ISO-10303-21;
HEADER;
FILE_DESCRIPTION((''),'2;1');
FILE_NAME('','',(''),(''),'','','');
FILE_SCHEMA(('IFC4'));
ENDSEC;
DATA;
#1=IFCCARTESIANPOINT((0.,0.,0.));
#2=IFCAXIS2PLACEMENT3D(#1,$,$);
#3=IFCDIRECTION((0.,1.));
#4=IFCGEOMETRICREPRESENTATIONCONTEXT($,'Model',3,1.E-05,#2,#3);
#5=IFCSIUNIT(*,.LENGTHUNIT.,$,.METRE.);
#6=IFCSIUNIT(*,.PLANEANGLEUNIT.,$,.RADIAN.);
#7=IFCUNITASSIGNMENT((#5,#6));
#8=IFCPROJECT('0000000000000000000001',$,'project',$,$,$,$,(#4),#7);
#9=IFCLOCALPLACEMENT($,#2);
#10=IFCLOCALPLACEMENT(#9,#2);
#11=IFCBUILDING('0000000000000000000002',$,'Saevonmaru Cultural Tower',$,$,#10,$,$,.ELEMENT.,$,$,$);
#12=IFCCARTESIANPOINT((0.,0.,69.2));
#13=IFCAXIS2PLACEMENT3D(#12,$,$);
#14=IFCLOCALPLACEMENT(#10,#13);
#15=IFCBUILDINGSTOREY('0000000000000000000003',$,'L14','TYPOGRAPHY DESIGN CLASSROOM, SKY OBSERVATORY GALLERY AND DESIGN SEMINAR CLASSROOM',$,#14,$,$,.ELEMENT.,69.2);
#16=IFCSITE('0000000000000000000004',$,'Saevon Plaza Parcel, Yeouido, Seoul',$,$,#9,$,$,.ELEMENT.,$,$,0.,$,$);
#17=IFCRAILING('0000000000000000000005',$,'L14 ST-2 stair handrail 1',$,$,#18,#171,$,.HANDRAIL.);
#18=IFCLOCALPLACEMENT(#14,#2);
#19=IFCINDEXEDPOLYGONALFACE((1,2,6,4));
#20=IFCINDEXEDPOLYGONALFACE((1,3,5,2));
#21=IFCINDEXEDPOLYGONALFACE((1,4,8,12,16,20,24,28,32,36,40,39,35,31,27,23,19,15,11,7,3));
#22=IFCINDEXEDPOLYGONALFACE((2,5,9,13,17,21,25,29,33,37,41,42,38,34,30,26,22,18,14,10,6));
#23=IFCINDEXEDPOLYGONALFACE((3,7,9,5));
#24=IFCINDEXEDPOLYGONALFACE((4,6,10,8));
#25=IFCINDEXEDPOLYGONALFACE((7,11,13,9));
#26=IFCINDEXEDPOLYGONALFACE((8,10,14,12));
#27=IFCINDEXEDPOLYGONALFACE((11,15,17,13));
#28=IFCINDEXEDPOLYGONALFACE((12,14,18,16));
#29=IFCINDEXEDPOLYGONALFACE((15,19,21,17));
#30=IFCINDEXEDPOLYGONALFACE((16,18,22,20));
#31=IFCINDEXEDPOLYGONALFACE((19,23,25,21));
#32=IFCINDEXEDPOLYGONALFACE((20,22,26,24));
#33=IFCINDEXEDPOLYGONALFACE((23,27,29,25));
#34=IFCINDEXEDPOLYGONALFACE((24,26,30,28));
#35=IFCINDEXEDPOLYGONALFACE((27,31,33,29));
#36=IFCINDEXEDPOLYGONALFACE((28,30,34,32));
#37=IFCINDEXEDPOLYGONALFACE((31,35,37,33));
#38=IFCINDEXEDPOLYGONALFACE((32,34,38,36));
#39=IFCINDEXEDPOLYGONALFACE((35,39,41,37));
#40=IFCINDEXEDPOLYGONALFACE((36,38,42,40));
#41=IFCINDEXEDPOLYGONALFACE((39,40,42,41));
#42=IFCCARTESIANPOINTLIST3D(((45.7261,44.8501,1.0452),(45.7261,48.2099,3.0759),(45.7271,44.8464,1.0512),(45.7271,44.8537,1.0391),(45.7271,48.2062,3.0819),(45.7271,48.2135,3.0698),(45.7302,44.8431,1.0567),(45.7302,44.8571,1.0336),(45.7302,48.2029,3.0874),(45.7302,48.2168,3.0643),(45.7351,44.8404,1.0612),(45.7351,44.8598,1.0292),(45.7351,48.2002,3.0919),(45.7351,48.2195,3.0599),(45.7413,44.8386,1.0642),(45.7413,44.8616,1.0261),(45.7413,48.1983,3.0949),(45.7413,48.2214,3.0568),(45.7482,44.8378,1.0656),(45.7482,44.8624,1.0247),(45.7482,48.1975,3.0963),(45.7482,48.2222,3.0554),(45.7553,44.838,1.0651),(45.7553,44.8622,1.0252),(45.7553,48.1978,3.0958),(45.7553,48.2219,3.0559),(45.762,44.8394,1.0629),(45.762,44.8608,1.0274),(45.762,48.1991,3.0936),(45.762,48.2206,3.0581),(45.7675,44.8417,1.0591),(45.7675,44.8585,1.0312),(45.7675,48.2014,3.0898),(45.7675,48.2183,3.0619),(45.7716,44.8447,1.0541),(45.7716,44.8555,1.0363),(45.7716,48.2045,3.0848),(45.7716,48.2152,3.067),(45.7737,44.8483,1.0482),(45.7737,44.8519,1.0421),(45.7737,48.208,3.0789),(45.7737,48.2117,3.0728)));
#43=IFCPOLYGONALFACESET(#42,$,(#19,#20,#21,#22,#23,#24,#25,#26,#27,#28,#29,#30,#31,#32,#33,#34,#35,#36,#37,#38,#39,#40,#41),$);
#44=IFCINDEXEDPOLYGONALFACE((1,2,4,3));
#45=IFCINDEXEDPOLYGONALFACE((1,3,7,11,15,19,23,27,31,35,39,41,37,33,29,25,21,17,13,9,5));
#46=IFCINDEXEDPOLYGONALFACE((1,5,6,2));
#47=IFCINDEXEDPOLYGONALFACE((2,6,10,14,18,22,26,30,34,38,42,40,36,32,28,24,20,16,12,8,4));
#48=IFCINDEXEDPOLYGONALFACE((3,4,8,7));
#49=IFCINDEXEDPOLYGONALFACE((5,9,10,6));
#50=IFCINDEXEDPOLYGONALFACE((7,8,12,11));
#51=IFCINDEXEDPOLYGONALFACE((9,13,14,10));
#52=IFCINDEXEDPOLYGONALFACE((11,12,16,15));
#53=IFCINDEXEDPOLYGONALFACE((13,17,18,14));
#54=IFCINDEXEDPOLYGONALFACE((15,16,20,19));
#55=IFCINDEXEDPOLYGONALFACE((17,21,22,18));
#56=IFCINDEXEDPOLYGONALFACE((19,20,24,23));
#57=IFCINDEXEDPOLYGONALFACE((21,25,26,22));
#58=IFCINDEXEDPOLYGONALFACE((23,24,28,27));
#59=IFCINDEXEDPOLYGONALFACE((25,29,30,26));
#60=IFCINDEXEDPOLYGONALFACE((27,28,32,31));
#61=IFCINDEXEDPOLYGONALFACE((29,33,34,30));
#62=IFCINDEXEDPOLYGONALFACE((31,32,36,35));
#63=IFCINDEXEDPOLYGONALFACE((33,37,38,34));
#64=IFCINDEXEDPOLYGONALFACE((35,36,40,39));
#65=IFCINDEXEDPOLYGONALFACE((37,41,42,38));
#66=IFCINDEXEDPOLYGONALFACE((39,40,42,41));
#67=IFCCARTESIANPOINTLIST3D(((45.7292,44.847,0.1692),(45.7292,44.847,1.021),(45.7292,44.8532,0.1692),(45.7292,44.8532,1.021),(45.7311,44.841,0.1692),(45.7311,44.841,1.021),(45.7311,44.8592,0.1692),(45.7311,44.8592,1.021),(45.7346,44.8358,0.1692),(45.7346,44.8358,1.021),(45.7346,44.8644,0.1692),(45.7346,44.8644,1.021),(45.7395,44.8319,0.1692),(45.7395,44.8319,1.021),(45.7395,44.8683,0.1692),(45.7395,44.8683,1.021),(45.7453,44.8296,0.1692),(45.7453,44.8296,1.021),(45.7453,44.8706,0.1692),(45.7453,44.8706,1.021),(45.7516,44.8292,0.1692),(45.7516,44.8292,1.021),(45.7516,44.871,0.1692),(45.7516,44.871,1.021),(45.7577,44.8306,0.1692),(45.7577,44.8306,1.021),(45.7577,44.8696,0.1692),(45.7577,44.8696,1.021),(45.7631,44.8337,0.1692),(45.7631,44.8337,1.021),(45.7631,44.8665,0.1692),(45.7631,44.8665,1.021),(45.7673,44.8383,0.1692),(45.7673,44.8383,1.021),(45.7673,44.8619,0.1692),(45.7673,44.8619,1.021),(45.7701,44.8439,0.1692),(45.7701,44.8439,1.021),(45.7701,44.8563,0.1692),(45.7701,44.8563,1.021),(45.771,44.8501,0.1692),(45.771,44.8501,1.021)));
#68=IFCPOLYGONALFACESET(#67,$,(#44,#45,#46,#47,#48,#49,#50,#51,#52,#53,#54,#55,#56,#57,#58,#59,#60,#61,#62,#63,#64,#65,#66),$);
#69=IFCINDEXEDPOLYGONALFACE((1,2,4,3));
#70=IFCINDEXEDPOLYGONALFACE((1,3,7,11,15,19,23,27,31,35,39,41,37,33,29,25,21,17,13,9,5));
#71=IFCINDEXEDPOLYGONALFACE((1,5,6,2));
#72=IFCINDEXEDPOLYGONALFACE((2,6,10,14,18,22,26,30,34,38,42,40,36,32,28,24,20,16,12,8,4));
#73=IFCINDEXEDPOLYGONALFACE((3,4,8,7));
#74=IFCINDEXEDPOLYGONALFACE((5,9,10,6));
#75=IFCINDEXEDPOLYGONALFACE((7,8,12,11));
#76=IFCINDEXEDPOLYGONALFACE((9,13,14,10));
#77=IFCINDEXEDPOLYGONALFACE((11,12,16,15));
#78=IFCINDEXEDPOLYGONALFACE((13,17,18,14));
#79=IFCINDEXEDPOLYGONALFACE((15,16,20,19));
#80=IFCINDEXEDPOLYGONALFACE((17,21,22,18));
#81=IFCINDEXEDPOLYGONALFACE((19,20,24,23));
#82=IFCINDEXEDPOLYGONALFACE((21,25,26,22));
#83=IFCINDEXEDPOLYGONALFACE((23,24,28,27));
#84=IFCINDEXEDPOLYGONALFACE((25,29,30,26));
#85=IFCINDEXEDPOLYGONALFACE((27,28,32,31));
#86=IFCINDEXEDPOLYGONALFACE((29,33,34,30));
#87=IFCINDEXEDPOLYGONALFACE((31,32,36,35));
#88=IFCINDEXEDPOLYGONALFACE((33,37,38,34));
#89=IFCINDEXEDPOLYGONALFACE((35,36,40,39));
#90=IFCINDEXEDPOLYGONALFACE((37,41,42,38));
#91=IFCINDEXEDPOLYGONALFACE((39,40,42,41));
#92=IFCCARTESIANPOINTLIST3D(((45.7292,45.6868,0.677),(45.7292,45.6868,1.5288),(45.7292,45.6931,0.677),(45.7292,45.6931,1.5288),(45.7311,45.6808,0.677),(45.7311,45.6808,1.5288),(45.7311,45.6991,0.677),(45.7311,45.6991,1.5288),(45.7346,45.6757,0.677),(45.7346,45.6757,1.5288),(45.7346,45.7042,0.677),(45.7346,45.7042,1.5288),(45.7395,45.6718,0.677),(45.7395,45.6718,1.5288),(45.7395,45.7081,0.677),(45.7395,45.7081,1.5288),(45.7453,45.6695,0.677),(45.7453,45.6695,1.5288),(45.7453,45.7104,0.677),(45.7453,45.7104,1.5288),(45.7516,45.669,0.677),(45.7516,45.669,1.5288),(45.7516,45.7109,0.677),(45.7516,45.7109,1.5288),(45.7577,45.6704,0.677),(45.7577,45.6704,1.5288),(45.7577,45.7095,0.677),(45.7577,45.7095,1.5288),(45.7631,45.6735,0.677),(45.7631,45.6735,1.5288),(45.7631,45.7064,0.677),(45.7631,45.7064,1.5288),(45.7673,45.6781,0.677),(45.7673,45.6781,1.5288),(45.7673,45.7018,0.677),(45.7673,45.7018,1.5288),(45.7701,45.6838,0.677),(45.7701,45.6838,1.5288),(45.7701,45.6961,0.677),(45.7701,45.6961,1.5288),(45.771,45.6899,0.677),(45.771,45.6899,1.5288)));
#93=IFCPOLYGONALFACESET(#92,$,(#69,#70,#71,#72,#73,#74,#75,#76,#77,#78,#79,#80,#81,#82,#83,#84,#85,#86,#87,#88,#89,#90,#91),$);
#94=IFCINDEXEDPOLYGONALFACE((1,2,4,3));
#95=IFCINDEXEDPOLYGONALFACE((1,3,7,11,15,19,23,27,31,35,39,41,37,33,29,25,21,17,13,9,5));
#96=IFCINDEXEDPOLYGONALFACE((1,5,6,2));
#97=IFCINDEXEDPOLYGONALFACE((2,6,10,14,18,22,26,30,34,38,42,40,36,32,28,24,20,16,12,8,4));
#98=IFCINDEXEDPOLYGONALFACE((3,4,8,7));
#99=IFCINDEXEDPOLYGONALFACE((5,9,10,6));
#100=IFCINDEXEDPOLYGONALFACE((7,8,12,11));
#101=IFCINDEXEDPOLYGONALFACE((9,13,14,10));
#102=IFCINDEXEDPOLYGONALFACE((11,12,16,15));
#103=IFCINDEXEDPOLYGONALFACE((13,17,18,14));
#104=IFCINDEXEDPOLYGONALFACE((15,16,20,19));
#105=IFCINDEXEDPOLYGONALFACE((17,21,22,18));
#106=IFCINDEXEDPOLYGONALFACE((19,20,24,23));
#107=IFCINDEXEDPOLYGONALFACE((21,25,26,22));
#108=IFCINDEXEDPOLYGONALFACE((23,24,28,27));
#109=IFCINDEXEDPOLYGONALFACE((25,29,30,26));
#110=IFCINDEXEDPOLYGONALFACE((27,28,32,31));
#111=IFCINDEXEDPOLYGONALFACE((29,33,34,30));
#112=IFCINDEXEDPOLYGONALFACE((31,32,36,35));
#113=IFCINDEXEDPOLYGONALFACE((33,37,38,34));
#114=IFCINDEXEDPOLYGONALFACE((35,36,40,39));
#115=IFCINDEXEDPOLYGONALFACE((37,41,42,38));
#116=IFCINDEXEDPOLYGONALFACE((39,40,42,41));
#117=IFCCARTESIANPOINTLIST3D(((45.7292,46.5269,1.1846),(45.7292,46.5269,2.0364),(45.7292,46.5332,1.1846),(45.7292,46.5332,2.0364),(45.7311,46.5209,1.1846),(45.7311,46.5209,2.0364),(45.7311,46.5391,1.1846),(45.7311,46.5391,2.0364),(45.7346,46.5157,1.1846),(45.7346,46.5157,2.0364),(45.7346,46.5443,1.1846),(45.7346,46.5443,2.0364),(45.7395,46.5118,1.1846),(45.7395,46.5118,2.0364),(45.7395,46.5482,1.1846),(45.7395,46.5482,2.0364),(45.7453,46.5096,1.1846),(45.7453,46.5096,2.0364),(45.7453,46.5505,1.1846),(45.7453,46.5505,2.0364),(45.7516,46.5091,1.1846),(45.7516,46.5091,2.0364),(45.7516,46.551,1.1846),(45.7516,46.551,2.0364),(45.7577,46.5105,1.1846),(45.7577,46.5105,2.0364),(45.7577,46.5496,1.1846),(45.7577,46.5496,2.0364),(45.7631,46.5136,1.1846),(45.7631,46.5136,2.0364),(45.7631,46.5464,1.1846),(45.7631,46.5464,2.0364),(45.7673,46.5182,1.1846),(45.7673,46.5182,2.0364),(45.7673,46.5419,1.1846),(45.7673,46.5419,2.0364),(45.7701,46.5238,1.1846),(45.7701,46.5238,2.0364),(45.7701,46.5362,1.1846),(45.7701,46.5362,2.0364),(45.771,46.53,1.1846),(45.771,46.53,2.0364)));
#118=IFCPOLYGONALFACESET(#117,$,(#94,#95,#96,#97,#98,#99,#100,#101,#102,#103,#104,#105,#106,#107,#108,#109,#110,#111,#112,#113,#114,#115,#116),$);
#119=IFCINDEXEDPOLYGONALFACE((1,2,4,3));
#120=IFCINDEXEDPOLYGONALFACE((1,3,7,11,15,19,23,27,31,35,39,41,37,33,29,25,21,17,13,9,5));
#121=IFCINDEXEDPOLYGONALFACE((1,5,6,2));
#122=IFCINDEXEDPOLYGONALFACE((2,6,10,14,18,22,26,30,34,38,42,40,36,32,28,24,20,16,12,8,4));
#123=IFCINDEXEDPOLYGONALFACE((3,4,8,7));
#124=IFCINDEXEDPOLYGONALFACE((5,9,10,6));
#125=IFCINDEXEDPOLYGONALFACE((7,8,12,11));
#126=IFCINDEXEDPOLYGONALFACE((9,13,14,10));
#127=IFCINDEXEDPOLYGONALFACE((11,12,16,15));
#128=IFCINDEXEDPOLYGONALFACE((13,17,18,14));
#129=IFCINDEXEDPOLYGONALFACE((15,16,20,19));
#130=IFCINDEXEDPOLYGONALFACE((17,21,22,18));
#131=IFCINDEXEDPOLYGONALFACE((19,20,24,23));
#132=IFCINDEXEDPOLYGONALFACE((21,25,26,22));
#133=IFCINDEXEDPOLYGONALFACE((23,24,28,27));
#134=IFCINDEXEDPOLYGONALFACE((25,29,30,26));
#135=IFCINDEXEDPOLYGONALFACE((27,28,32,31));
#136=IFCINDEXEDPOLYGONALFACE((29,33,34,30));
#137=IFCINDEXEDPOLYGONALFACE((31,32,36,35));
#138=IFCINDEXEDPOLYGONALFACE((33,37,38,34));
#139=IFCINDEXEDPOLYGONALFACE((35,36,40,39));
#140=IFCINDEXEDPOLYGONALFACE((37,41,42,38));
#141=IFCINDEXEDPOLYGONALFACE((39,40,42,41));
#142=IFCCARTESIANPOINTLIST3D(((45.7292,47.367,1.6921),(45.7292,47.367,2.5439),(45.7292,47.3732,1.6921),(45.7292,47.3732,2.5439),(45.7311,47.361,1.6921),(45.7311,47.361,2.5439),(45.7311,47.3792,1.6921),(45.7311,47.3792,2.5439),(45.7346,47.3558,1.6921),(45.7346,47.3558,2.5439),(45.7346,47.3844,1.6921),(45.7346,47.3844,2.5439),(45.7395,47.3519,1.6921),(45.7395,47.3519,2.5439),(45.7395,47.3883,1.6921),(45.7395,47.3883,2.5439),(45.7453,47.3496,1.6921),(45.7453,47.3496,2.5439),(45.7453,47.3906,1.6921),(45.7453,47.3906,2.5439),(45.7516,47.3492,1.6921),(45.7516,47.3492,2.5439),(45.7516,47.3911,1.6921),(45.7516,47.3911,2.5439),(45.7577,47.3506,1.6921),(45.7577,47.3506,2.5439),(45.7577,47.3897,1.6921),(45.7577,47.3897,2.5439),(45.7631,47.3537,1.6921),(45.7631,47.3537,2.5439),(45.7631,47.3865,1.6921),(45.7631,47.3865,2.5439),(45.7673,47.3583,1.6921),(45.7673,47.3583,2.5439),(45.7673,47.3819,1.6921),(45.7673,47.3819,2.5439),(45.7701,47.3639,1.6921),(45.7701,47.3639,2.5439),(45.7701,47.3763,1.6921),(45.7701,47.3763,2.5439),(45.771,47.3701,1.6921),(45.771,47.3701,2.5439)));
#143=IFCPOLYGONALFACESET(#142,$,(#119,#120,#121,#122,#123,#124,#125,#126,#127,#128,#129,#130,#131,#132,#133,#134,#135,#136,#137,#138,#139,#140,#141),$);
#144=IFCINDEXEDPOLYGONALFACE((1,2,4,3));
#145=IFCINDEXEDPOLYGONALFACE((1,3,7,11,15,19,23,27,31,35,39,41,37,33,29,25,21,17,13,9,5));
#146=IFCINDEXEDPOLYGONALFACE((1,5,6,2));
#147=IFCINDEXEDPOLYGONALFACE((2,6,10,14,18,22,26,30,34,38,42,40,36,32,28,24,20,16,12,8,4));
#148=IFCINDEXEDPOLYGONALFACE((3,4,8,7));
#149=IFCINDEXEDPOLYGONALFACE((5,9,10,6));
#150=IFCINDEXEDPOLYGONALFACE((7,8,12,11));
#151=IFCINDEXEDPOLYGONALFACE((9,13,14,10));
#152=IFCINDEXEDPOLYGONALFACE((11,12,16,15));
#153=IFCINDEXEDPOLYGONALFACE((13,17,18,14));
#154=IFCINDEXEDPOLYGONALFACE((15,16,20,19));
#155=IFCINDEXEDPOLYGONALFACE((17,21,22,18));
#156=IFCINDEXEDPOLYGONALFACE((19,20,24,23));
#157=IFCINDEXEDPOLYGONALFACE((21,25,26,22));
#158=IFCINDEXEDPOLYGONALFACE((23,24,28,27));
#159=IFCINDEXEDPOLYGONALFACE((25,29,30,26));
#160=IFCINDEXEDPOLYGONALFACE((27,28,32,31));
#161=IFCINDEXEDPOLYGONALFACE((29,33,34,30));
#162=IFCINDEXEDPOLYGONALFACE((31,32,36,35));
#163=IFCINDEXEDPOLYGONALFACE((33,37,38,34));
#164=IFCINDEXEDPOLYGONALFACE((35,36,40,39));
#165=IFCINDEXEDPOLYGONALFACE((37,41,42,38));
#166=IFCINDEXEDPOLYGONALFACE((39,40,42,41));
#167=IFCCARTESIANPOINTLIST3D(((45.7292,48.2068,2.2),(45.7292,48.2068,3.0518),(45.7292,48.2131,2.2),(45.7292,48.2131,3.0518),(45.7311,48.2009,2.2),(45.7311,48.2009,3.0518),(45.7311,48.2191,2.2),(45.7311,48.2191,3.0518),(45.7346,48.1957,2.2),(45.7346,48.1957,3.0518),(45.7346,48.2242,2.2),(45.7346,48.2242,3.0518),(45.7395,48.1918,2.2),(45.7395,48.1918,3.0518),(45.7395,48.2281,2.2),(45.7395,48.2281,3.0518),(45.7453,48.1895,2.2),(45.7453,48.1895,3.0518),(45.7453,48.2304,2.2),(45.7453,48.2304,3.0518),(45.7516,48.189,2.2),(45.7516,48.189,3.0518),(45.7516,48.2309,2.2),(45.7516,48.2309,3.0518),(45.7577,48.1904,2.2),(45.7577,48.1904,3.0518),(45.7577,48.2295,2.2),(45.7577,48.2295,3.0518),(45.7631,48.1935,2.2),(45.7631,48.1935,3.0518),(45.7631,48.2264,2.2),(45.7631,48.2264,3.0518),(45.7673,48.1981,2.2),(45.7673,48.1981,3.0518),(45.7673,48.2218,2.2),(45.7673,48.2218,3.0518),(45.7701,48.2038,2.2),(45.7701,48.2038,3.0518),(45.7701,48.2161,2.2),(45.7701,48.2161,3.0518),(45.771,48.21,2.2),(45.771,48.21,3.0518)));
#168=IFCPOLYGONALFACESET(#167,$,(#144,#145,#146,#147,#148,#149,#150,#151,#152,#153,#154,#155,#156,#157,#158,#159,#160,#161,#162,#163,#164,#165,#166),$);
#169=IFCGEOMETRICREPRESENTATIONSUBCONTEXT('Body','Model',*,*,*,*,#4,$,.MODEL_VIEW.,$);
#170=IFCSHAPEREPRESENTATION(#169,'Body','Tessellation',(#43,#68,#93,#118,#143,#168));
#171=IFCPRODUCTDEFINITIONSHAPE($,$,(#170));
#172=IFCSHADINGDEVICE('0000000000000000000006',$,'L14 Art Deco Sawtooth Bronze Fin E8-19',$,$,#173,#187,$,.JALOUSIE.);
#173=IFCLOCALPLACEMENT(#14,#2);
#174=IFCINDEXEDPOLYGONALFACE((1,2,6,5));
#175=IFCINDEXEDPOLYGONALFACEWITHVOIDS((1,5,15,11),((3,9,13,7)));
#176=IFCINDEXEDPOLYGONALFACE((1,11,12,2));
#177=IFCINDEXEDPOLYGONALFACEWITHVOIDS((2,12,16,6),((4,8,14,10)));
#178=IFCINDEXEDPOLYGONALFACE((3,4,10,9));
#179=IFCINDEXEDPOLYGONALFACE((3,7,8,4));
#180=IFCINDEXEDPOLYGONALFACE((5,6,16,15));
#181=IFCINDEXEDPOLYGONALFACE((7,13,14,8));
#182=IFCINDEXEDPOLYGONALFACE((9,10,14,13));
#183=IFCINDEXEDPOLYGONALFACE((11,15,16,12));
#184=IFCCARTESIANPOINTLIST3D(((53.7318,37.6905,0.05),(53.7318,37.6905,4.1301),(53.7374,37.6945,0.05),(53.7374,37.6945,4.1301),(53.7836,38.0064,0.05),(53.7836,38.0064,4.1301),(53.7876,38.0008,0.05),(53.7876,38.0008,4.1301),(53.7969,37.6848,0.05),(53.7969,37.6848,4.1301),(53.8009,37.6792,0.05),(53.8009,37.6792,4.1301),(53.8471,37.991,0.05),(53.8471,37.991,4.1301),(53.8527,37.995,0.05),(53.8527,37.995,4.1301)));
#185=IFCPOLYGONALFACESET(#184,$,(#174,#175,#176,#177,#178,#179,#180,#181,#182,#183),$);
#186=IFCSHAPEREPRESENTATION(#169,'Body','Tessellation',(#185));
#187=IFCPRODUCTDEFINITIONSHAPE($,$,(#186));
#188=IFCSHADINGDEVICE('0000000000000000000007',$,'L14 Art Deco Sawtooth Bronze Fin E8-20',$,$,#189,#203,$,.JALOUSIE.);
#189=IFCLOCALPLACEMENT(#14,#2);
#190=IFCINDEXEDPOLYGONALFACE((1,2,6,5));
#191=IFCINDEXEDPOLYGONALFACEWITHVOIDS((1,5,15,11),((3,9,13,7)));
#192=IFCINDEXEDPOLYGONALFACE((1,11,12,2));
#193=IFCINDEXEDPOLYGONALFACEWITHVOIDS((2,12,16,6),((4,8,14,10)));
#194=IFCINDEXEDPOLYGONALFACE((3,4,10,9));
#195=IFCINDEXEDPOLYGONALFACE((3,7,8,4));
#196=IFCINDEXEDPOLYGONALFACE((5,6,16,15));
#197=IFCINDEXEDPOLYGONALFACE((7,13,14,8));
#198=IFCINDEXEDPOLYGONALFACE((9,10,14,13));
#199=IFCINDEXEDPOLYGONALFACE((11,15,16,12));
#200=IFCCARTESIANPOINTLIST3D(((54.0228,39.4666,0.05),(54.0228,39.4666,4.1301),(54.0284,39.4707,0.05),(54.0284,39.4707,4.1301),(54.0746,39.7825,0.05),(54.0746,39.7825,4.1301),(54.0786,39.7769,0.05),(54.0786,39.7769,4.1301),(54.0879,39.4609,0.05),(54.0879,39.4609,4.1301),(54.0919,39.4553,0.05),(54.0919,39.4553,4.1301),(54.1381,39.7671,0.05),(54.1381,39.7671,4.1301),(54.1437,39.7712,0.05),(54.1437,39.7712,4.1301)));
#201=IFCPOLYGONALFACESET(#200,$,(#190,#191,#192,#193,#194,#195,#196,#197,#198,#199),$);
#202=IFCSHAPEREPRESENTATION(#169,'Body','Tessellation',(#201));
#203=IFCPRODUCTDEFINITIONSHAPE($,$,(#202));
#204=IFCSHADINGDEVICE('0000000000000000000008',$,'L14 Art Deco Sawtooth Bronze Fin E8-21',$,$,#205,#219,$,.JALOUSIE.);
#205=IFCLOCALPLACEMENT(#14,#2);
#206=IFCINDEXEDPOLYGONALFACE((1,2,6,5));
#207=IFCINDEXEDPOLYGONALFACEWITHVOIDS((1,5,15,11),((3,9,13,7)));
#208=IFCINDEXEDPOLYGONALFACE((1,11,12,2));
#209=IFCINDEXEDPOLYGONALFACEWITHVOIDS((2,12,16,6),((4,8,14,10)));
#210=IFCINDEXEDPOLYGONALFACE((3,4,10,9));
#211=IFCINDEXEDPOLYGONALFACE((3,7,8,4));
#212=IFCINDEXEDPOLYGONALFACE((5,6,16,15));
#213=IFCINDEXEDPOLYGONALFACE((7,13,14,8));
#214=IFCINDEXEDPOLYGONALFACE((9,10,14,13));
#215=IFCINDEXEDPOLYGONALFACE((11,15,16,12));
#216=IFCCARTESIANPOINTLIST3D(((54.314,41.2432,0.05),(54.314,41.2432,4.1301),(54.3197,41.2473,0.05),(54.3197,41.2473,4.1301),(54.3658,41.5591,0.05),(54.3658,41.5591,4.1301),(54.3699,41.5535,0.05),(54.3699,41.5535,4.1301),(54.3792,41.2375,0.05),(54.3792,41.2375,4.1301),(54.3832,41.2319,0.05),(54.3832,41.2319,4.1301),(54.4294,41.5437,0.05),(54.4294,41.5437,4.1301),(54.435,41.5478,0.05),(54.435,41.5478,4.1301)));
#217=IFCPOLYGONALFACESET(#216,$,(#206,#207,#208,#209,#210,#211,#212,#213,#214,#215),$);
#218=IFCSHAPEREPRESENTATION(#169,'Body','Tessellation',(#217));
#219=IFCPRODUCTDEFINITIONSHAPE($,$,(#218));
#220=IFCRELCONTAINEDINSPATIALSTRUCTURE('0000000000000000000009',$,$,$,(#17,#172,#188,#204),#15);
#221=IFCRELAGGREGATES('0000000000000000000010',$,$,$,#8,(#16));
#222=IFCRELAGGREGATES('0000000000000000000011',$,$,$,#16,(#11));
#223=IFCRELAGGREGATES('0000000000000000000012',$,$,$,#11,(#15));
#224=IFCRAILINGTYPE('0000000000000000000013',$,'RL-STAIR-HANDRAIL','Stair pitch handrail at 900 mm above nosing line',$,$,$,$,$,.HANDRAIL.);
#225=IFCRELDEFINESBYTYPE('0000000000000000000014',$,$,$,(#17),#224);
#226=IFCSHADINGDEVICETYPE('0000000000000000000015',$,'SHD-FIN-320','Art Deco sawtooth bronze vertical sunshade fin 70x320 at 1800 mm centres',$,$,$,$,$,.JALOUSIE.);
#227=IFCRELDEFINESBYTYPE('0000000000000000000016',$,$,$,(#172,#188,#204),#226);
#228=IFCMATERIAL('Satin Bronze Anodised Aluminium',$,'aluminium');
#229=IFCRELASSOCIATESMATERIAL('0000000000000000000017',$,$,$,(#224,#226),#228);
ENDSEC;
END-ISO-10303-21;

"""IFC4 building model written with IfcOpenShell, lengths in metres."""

from ifc_helpers import new_model, si_unit, direction, frame, origin, origin_2d, place, context, subcontext, project, spatial, hollow_rectangle, circle, extrude, material, material_profile, profile_set, type_object, element, save


model = new_model("IFC4")

# Units and contexts
model_context = context("Model", 3, precision=1e-05, world=origin(), true_north=direction((0.0, 1.0)))
body_context = subcontext(model_context, "Body", "Model", "MODEL_VIEW")
ifc_project = project(units=[si_unit("LENGTHUNIT", "METRE"), si_unit("PLANEANGLEUNIT", "RADIAN")], contexts=[model_context])

# Site, building, storey
site_placement = place(None, origin())
site = spatial("IfcSite", under=ifc_project, at=site_placement, Name="Saevon Plaza Parcel, Yeouido, Seoul", CompositionType="ELEMENT", RefElevation=0.0)
building_placement = place(site_placement, origin())
building = spatial("IfcBuilding", under=site, at=building_placement, Name="Saevonmaru Cultural Tower", CompositionType="ELEMENT")
storey_placement = place(building_placement, frame((0.0, 0.0, 69.2)))
storey = spatial("IfcBuildingStorey", under=building, at=storey_placement, Name="L14", Description="TYPOGRAPHY DESIGN CLASSROOM, SKY OBSERVATORY GALLERY AND DESIGN SEMINAR CLASSROOM", CompositionType="ELEMENT", Elevation=69.2)

# Shared definitions
ifc_material_1 = material(Name="Satin Bronze Anodised Aluminium", Category="aluminium")

# Railing
railing_type_1 = type_object("IfcRailingType", Name="RL-STAIR-HANDRAIL", Description="Stair pitch handrail at 900 mm above nosing line", PredefinedType="HANDRAIL", material=ifc_material_1)
railing_1_placement = place(storey_placement, frame((45.75, 44.8501, 0.1692)))
element("IfcRailing", 1, at=railing_1_placement, inside=storey, type_object=railing_type_1, Name="L14 ST-2 stair handrail 1", PredefinedType="HANDRAIL", context=body_context, shape_type="SweptSolid", body=[
    extrude(circle(Radius=0.0239, at=origin_2d()), frame((0.0, 0.0, 0.876), z_axis=(0.0, 0.85582, 0.517273), x_axis=(-1.0, 0.0, 0.0)), (0.0, 0.0, 1.0), 3.9258),
    extrude(circle(Radius=0.021, at=origin_2d()), origin(), (0.0, 0.0, 1.0), 0.8518),
    extrude(circle(Radius=0.021, at=origin_2d()), frame((0.0, 0.8398, 0.5078)), (0.0, 0.0, 1.0), 0.8518),
    extrude(circle(Radius=0.021, at=origin_2d()), frame((0.0, 1.6799, 1.0154)), (0.0, 0.0, 1.0), 0.8518),
    extrude(circle(Radius=0.021, at=origin_2d()), frame((0.0, 2.52, 1.5229)), (0.0, 0.0, 1.0), 0.8518),
    extrude(circle(Radius=0.021, at=origin_2d()), frame((0.0, 3.3599, 2.0308)), (0.0, 0.0, 1.0), 0.8518),
])

# Shading devices
ifc_material_profile_1 = material_profile(ifc_material_1, hollow_rectangle(XDim=0.0701, YDim=0.3201, WallThickness=0.0049, at=origin_2d()), Name="FIN-320x70")
ifc_profile_set_1 = profile_set([ifc_material_profile_1], Name="Satin Bronze Anodised Aluminium")
shading_device_type = type_object("IfcShadingDeviceType", Name="SHD-FIN-320", Description="Art Deco sawtooth bronze vertical sunshade fin 70x320 at 1800 mm centres", PredefinedType="JALOUSIE", material=ifc_profile_set_1)
for number, where, z_axis, x_axis, name in (
    (2, (53.7922, 37.8428, 0.05), (0.0, 0.0, 1.0), (0.986827, -0.161776, 0.0), "L14 Art Deco Sawtooth Bronze Fin E8-19"),
    (3, (54.0833, 39.6189, 0.05), (0.0, 0.0, 1.0), (0.986827, -0.161776, 0.0), "L14 Art Deco Sawtooth Bronze Fin E8-20"),
    (4, (54.3745, 41.3955, 0.05), (0.0, 0.0, 1.0), (0.986827, -0.161776, 0.0), "L14 Art Deco Sawtooth Bronze Fin E8-21"),
):
    element("IfcShadingDevice", number, at=place(storey_placement, frame(where, z_axis=z_axis, x_axis=x_axis)), inside=storey, type_object=shading_device_type, Name=name, PredefinedType="JALOUSIE", context=body_context, shape_type="SweptSolid", body=[
        extrude(hollow_rectangle(XDim=0.0701, YDim=0.3201, WallThickness=0.0049, at=origin_2d()), origin(), (0.0, 0.0, 1.0), 4.0801),
    ])

save(model, "model.ifc")
